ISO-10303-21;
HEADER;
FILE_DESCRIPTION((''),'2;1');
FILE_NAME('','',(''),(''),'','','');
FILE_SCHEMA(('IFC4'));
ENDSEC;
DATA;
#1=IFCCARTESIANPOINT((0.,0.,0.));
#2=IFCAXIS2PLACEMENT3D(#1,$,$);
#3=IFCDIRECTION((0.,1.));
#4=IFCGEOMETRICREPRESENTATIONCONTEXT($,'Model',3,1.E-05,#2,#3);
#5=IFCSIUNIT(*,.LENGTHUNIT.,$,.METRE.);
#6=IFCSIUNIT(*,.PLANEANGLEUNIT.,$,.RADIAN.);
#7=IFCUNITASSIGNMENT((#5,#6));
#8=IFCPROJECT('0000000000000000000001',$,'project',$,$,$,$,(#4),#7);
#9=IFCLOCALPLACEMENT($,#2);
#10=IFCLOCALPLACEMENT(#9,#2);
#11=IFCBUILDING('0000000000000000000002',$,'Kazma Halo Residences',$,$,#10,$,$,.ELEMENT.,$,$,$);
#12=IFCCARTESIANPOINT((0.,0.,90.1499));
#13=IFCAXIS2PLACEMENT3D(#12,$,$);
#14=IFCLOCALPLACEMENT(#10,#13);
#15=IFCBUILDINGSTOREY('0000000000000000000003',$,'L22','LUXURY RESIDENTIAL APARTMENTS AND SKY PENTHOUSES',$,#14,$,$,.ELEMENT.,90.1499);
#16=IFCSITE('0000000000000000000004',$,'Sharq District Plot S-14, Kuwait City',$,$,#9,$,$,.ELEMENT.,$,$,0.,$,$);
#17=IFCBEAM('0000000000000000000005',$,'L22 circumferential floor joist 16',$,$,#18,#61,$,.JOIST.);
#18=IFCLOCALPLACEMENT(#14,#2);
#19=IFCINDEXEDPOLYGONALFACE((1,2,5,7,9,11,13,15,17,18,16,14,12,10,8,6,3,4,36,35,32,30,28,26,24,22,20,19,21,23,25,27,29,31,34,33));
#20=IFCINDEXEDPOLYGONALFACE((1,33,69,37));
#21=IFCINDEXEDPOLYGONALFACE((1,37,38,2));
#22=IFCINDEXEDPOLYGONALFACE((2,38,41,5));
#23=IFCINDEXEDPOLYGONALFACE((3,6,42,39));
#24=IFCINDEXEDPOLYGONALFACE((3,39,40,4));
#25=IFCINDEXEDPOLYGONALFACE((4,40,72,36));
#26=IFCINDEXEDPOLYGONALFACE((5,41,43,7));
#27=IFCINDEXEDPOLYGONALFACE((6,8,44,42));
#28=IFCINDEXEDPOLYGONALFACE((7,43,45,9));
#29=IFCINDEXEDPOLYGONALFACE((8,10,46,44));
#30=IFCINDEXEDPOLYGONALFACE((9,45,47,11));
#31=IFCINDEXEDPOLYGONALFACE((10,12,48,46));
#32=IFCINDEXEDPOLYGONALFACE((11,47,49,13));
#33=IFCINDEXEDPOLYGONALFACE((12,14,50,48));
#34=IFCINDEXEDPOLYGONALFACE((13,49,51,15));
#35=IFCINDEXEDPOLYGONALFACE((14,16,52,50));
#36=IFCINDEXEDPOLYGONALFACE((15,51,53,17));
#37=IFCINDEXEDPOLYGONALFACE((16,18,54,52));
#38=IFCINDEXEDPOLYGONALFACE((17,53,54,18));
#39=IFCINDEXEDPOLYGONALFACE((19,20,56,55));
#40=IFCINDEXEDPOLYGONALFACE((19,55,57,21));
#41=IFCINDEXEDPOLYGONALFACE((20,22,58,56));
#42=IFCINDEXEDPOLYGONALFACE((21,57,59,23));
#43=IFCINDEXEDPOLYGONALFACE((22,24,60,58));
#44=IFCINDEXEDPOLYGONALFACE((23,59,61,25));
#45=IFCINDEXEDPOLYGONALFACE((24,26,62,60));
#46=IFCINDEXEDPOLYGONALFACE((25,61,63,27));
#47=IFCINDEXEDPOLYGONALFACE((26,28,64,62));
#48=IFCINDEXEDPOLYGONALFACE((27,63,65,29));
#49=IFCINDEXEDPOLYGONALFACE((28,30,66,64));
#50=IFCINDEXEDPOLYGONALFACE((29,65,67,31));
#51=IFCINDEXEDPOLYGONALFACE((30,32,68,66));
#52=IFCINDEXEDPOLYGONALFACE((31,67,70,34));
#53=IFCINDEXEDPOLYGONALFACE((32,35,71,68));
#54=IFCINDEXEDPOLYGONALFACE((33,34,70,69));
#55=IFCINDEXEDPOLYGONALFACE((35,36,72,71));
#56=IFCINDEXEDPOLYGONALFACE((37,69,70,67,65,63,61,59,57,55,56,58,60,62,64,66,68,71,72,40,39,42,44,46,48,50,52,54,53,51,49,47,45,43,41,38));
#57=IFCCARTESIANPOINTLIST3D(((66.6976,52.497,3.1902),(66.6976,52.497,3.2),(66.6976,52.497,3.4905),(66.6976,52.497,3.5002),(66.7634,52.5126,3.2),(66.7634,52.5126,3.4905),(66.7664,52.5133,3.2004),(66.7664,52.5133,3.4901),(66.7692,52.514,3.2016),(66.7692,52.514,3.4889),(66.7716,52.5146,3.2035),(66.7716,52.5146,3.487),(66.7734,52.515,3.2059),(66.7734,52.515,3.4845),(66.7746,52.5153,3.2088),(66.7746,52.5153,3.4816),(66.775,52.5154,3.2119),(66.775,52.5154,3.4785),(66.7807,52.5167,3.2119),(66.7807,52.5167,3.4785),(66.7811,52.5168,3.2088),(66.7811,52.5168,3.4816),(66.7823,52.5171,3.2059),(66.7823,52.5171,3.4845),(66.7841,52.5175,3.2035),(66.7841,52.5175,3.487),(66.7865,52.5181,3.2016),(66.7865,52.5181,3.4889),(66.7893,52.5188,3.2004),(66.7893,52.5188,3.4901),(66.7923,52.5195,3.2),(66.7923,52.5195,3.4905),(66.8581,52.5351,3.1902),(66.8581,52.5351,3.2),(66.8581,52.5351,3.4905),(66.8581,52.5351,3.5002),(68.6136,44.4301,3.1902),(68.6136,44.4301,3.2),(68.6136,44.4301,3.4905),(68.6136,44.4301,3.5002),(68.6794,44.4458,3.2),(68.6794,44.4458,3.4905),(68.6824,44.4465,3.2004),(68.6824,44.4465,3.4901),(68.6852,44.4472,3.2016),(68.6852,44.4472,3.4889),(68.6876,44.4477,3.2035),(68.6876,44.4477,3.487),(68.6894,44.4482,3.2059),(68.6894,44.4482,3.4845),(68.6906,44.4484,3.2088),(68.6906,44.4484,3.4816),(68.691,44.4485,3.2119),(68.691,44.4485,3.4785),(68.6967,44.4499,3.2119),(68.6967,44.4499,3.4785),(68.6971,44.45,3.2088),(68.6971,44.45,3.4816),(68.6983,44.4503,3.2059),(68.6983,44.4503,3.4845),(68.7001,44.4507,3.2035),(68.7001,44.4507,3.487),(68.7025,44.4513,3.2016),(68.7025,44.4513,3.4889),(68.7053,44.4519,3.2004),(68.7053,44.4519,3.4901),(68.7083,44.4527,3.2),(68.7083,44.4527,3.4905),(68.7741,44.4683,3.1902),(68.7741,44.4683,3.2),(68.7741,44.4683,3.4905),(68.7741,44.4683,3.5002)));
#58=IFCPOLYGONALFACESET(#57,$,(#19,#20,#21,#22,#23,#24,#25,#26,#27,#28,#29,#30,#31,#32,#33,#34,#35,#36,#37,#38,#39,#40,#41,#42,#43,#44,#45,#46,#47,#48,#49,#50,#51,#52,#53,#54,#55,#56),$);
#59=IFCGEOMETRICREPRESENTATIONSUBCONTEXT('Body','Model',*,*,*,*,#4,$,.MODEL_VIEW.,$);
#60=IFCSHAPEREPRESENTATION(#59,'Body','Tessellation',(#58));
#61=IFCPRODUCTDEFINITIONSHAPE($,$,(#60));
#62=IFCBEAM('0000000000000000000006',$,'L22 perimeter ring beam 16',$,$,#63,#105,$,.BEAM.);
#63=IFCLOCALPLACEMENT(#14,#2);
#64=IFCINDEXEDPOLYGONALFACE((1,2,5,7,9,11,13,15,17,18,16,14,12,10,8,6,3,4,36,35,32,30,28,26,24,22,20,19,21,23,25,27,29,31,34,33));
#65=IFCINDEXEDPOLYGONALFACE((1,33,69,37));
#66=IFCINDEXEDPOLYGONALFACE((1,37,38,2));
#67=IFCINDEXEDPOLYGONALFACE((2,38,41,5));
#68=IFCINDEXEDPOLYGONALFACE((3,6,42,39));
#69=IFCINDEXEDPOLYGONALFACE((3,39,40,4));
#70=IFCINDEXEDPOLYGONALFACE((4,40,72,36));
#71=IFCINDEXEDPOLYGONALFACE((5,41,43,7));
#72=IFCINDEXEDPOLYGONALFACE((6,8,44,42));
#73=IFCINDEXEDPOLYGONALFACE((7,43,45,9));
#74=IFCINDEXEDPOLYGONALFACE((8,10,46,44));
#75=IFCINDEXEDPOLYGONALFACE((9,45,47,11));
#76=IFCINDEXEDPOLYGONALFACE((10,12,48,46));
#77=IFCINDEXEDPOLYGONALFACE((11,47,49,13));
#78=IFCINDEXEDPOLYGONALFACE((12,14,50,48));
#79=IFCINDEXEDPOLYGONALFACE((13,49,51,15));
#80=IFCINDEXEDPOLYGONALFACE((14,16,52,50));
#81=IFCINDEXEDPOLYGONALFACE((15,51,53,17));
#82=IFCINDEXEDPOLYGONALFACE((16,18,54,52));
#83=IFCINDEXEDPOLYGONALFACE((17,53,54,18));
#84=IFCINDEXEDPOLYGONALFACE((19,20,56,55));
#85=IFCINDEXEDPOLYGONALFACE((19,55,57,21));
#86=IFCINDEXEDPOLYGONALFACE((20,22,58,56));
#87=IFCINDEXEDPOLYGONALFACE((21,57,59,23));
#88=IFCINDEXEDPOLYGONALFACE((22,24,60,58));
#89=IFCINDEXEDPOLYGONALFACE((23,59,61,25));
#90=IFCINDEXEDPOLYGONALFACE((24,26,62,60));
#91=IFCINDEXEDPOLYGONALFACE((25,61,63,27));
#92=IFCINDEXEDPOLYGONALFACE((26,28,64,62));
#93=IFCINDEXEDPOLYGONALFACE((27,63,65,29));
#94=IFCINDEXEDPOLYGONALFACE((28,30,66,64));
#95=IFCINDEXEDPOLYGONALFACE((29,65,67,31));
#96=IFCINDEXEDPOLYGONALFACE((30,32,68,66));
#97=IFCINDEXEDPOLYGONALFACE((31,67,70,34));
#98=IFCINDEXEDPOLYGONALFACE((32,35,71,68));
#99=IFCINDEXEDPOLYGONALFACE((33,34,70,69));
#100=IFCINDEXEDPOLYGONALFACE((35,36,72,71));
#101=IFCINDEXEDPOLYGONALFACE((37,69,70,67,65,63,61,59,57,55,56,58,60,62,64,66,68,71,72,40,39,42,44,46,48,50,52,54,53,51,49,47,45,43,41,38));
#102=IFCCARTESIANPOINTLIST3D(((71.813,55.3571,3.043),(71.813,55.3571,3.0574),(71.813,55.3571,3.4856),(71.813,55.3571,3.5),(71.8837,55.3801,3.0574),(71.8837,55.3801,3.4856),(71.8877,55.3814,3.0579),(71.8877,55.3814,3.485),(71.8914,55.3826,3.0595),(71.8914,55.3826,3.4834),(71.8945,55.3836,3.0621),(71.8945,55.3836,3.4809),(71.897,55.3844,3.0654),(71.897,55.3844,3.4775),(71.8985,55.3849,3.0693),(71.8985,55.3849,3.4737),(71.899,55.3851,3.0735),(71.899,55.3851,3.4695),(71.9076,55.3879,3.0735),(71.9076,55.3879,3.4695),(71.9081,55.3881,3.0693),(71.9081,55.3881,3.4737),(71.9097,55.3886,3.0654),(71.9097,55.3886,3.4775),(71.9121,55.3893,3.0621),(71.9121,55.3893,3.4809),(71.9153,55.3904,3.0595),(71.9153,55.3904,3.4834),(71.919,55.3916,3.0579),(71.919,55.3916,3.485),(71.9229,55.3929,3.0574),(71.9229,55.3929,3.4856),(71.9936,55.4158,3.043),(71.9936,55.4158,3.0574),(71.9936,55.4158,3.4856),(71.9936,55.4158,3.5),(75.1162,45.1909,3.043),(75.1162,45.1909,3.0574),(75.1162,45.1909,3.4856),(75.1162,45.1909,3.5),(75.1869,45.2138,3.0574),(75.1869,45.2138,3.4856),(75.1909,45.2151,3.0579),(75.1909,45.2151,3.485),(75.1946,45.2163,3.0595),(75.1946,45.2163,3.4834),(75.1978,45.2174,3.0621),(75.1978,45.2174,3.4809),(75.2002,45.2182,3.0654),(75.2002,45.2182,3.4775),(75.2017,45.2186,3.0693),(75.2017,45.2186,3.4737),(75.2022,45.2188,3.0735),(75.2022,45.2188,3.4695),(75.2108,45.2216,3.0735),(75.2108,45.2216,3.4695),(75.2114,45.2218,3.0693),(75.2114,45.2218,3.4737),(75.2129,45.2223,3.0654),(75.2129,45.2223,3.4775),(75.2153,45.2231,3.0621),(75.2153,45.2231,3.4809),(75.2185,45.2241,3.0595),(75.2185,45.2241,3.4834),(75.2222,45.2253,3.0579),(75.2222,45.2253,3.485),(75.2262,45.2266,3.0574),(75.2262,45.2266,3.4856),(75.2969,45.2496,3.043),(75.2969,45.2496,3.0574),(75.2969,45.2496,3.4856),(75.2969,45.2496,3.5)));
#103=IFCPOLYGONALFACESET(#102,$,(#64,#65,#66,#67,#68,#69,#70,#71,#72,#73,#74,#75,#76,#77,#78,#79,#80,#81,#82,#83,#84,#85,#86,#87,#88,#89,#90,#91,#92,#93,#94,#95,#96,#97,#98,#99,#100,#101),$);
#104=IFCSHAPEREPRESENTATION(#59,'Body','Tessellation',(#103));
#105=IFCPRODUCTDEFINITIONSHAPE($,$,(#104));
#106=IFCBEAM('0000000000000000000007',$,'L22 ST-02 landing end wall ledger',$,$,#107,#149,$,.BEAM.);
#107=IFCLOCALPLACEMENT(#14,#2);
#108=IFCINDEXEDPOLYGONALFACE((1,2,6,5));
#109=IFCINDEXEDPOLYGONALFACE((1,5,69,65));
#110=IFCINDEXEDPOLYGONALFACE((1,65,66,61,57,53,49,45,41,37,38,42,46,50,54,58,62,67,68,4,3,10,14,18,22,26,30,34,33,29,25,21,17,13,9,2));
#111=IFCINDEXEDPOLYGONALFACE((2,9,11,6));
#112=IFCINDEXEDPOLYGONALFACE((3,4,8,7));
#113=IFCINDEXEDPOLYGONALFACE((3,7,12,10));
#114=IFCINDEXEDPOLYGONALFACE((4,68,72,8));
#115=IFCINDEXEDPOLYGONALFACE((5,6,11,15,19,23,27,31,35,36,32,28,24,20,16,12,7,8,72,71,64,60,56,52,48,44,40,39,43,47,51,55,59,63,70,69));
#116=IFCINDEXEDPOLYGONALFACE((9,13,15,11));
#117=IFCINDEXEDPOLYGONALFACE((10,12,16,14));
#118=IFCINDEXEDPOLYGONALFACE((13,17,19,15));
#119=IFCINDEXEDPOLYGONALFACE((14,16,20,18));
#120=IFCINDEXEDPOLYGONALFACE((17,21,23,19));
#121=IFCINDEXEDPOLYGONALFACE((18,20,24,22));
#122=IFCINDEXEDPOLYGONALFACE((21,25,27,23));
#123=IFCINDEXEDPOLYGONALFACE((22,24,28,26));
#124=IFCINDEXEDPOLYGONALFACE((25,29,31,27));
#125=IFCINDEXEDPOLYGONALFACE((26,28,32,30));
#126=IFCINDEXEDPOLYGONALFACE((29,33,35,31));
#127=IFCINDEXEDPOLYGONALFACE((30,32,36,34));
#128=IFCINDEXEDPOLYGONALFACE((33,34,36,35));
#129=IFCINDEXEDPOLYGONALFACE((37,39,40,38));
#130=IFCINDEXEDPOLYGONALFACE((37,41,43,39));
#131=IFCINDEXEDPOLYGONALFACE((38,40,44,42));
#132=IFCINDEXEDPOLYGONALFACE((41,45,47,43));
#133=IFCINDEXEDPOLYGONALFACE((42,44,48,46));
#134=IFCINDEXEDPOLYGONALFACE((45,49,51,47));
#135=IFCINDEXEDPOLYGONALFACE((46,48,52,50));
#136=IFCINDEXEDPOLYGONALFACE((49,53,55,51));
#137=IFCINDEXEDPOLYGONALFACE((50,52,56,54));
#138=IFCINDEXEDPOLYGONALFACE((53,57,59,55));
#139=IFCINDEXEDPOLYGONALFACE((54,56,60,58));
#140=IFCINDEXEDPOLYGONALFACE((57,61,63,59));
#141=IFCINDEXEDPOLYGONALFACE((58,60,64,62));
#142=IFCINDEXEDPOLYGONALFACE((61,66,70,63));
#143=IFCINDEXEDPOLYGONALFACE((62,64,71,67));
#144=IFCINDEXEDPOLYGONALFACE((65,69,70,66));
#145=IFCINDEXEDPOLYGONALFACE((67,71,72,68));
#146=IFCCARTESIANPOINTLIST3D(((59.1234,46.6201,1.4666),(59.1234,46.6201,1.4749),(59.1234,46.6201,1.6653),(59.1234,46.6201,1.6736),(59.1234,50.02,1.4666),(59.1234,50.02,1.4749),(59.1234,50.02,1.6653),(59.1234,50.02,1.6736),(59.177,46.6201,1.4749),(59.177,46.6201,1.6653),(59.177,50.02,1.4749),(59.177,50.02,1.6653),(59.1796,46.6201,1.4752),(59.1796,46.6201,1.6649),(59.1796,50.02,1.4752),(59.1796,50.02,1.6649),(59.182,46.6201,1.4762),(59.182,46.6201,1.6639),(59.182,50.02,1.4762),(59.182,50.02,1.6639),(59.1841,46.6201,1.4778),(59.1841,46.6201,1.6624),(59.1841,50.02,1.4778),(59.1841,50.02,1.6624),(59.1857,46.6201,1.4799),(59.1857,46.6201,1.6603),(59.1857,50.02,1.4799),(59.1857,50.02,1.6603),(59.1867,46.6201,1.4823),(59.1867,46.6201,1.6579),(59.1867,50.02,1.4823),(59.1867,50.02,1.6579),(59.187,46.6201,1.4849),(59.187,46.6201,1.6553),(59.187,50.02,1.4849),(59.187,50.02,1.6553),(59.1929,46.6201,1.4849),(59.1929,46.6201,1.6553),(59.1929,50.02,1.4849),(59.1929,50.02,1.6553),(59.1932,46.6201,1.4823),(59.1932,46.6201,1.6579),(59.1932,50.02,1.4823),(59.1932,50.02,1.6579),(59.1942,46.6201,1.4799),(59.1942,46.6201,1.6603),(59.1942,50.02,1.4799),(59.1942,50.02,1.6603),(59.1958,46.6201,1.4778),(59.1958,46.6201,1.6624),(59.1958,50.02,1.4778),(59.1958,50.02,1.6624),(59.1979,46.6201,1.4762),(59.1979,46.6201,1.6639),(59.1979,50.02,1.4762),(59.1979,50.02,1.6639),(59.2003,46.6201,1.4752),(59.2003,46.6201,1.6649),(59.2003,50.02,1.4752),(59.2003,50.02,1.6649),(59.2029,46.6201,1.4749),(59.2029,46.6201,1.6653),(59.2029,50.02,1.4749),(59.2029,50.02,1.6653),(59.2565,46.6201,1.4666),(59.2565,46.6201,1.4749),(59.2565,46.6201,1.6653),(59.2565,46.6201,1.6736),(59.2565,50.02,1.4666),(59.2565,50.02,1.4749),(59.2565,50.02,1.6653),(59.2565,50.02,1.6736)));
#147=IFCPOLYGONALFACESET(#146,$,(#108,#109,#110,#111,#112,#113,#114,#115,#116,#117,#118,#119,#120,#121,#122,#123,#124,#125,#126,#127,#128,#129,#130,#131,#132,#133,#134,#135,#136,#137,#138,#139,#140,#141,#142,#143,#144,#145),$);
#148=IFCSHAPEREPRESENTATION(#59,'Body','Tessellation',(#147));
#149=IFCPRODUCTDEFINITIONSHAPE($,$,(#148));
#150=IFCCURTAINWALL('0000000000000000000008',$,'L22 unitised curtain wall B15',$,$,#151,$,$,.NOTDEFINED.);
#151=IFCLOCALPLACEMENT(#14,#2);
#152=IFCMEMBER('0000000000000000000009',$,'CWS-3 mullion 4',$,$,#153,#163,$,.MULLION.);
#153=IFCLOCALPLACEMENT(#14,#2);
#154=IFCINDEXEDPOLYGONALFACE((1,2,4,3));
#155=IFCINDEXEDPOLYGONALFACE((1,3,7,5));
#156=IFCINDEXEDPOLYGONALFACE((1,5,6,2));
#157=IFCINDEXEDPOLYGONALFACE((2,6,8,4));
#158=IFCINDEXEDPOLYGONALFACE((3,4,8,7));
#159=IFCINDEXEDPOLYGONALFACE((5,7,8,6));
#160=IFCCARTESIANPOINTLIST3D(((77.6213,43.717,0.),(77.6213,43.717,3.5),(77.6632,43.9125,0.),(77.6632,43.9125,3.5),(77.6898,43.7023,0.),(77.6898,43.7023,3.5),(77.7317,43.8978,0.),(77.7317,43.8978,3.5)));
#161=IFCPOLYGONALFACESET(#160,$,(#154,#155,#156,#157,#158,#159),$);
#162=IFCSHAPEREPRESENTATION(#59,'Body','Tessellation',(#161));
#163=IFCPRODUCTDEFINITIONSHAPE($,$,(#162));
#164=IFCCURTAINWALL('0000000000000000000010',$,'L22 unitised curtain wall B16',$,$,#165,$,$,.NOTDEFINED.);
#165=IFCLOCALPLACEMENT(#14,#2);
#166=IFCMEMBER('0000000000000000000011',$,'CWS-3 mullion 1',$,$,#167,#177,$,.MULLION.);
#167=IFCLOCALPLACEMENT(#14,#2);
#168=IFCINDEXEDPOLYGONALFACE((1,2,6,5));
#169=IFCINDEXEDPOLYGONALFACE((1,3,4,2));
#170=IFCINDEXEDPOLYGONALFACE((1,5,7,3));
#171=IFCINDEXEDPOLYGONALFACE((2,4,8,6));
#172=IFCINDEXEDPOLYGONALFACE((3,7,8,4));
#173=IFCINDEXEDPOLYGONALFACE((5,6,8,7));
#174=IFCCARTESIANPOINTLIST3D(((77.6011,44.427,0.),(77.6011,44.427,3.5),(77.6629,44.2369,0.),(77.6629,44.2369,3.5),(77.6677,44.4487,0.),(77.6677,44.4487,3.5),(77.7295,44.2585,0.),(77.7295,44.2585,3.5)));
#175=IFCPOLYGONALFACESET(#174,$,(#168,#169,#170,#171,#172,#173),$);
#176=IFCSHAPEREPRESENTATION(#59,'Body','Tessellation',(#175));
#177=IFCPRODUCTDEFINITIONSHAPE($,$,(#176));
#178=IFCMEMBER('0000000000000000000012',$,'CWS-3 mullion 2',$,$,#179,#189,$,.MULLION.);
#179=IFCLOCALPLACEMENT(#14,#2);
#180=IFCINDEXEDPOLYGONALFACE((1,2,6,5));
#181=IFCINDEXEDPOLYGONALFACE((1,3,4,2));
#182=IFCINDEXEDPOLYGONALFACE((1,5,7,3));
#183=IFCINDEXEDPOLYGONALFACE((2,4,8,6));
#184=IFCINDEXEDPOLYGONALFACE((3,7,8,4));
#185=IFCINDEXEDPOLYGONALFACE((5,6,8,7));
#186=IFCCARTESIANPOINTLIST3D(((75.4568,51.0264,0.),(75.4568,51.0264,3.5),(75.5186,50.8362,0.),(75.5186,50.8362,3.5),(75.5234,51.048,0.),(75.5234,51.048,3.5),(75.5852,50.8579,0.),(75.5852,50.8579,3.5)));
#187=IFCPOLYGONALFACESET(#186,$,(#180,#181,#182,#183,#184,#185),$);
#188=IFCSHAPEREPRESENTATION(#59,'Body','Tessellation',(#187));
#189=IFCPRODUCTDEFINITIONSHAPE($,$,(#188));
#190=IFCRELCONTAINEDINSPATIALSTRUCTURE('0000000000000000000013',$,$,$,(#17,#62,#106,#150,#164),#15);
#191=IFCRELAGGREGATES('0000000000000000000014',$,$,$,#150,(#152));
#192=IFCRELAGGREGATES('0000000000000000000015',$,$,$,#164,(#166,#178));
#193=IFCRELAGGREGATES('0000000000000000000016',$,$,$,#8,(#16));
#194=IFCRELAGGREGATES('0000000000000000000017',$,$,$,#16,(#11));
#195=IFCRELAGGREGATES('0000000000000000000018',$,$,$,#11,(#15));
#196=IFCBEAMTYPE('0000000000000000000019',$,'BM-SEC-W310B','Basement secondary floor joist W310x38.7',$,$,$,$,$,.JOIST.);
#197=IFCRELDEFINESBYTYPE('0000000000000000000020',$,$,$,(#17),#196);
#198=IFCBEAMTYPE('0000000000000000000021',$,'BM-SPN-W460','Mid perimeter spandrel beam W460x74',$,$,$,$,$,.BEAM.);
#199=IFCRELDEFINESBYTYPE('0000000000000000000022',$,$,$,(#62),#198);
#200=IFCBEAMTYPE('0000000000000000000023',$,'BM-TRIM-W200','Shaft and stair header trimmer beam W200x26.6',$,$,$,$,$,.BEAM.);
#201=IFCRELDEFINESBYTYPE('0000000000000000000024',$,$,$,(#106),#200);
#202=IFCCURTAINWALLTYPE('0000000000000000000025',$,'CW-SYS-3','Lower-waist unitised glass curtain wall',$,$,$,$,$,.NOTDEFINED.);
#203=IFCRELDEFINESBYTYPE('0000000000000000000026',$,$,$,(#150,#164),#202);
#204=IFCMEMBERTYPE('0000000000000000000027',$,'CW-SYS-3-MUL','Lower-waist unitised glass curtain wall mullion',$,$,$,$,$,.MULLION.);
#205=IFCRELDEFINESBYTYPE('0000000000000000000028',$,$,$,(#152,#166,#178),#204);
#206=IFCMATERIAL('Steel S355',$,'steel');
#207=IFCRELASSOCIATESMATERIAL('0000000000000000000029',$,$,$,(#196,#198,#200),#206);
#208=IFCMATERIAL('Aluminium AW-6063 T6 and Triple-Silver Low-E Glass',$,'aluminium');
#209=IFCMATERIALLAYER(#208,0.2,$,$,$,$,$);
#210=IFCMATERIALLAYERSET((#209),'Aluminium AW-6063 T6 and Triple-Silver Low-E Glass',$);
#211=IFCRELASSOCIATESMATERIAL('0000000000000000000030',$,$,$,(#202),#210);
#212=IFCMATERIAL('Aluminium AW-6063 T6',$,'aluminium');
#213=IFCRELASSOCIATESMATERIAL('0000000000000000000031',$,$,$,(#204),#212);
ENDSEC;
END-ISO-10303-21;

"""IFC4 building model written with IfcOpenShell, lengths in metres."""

from ifc_helpers import new_model, si_unit, direction, frame, origin, origin_2d, place, context, subcontext, project, spatial, rectangle, i_section, extrude, material, layer, layer_set, material_profile, profile_set, type_object, element, aggregate, save


model = new_model("IFC4")

# Units and contexts
model_context = context("Model", 3, precision=1e-05, world=origin(), true_north=direction((0.0, 1.0)))
body_context = subcontext(model_context, "Body", "Model", "MODEL_VIEW")
ifc_project = project(units=[si_unit("LENGTHUNIT", "METRE"), si_unit("PLANEANGLEUNIT", "RADIAN")], contexts=[model_context])

# Site, building, storey
site_placement = place(None, origin())
site = spatial("IfcSite", under=ifc_project, at=site_placement, Name="Sharq District Plot S-14, Kuwait City", CompositionType="ELEMENT", RefElevation=0.0)
building_placement = place(site_placement, origin())
building = spatial("IfcBuilding", under=site, at=building_placement, Name="Kazma Halo Residences", CompositionType="ELEMENT")
storey_placement = place(building_placement, frame((0.0, 0.0, 90.1499)))
storey = spatial("IfcBuildingStorey", under=building, at=storey_placement, Name="L22", Description="LUXURY RESIDENTIAL APARTMENTS AND SKY PENTHOUSES", CompositionType="ELEMENT", Elevation=90.1499)

# Beams
ifc_material_1 = material(Name="Steel S355", Category="steel")
ifc_material_profile_1 = material_profile(ifc_material_1, i_section(OverallWidth=0.165, OverallDepth=0.3101, WebThickness=0.0059, FlangeThickness=0.0098, FilletRadius=0.012, at=origin_2d()), Name="W310x38.7")
ifc_profile_set_1 = profile_set([ifc_material_profile_1], Name="Steel S355")
beam_type_1 = type_object("IfcBeamType", Name="BM-SEC-W310B", Description="Basement secondary floor joist W310x38.7", PredefinedType="JOIST", material=ifc_profile_set_1)
beam_1_placement = place(storey_placement, frame((68.6938, 44.4492, 3.3452), z_axis=(-0.231087, 0.972933, 0.0), x_axis=(-0.972933, -0.231087, 0.0)))
element("IfcBeam", 1, at=beam_1_placement, inside=storey, type_object=beam_type_1, Name="L22 circumferential floor joist 16", PredefinedType="JOIST", context=body_context, shape_type="SweptSolid", body=[
    extrude(i_section(OverallWidth=0.165, OverallDepth=0.3101, WebThickness=0.0059, FlangeThickness=0.0098, FilletRadius=0.012, at=origin_2d()), origin(), (0.0, 0.0, 1.0), 8.2913),
])
ifc_material_profile_2 = material_profile(ifc_material_1, i_section(OverallWidth=0.1899, OverallDepth=0.457, WebThickness=0.009, FlangeThickness=0.0144, FilletRadius=0.0161, at=origin_2d()), Name="W460x74")
ifc_profile_set_2 = profile_set([ifc_material_profile_2], Name="Steel S355")
beam_type_2 = type_object("IfcBeamType", Name="BM-SPN-W460", Description="Mid perimeter spandrel beam W460x74", PredefinedType="BEAM", material=ifc_profile_set_2)
beam_2_placement = place(storey_placement, frame((75.2065, 45.2202, 3.2715), z_axis=(-0.309017, 0.951056, 0.0), x_axis=(-0.951056, -0.309017, 0.0)))
element("IfcBeam", 2, at=beam_2_placement, inside=storey, type_object=beam_type_2, Name="L22 perimeter ring beam 16", PredefinedType="BEAM", context=body_context, shape_type="SweptSolid", body=[
    extrude(i_section(OverallWidth=0.1899, OverallDepth=0.457, WebThickness=0.009, FlangeThickness=0.0144, FilletRadius=0.0161, at=origin_2d()), origin(), (0.0, 0.0, 1.0), 10.6895),
])
ifc_material_profile_3 = material_profile(ifc_material_1, i_section(OverallWidth=0.1331, OverallDepth=0.207, WebThickness=0.0059, FlangeThickness=0.0083, FilletRadius=0.01, at=origin_2d()), Name="W200x26.6")
ifc_profile_set_3 = profile_set([ifc_material_profile_3], Name="Steel S355")
beam_type_3 = type_object("IfcBeamType", Name="BM-TRIM-W200", Description="Shaft and stair header trimmer beam W200x26.6", PredefinedType="BEAM", material=ifc_profile_set_3)
beam_3_placement = place(storey_placement, frame((59.1899, 46.6201, 1.5701), z_axis=(0.0, 1.0, 0.0), x_axis=(-1.0, 0.0, 0.0)))
element("IfcBeam", 3, at=beam_3_placement, inside=storey, type_object=beam_type_3, Name="L22 ST-02 landing end wall ledger", PredefinedType="BEAM", context=body_context, shape_type="SweptSolid", body=[
    extrude(i_section(OverallWidth=0.1331, OverallDepth=0.207, WebThickness=0.0059, FlangeThickness=0.0083, FilletRadius=0.01, at=origin_2d()), origin(), (0.0, 0.0, 1.0), 3.3999),
])

# Curtain wall, member
ifc_material_2 = material(Name="Aluminium AW-6063 T6 and Triple-Silver Low-E Glass", Category="aluminium")
ifc_layer_1 = layer(ifc_material_2, 0.2)
ifc_layer_set_1 = layer_set([ifc_layer_1], Name="Aluminium AW-6063 T6 and Triple-Silver Low-E Glass")
curtain_wall_type = type_object("IfcCurtainWallType", Name="CW-SYS-3", Description="Lower-waist unitised glass curtain wall", PredefinedType="NOTDEFINED", material=ifc_layer_set_1)
curtain_wall_1_placement = place(storey_placement, origin())
curtain_wall_1 = element("IfcCurtainWall", 4, at=curtain_wall_1_placement, inside=storey, type_object=curtain_wall_type, Name="L22 unitised curtain wall B15", PredefinedType="NOTDEFINED")
ifc_material_3 = material(Name="Aluminium AW-6063 T6", Category="aluminium")
ifc_material_profile_4 = material_profile(ifc_material_3, rectangle(XDim=0.0701, YDim=0.2, at=origin_2d()), Name="CWM-70x200")
ifc_profile_set_4 = profile_set([ifc_material_profile_4], Name="Aluminium AW-6063 T6")
member_type_1 = type_object("IfcMemberType", Name="CW-SYS-3-MUL", Description="Lower-waist unitised glass curtain wall mullion", PredefinedType="MULLION", material=ifc_profile_set_4)
member_1_placement = place(storey_placement, frame((77.6765, 43.8074, 0.0), z_axis=(0.0, 0.0, 1.0), x_axis=(-0.977774, 0.209661, 0.0)))
member_1 = element("IfcMember", 5, at=member_1_placement, type_object=member_type_1, Name="CWS-3 mullion 4", PredefinedType="MULLION", context=body_context, shape_type="SweptSolid", body=[
    extrude(rectangle(XDim=0.0701, YDim=0.2, at=origin_2d()), origin(), (0.0, 0.0, 1.0), 3.5),
])
aggregate(curtain_wall_1, [member_1])

# Curtain wall, members
curtain_wall_2_placement = place(storey_placement, origin())
curtain_wall_2 = element("IfcCurtainWall", 6, at=curtain_wall_2_placement, inside=storey, type_object=curtain_wall_type, Name="L22 unitised curtain wall B16", PredefinedType="NOTDEFINED")
member_2_placement = place(storey_placement, frame((77.6653, 44.3428, 0.0), z_axis=(0.0, 0.0, 1.0), x_axis=(-0.951058, -0.309013, 0.0)))
member_2 = element("IfcMember", 7, at=member_2_placement, type_object=member_type_1, Name="CWS-3 mullion 1", PredefinedType="MULLION", context=body_context, shape_type="SweptSolid", body=[
    extrude(rectangle(XDim=0.0701, YDim=0.2, at=origin_2d()), origin(), (0.0, 0.0, 1.0), 3.5),
])
member_3_placement = place(storey_placement, frame((75.521, 50.9421, 0.0), z_axis=(0.0, 0.0, 1.0), x_axis=(-0.951058, -0.309013, 0.0)))
member_3 = element("IfcMember", 8, at=member_3_placement, type_object=member_type_1, Name="CWS-3 mullion 2", PredefinedType="MULLION", context=body_context, shape_type="SweptSolid", body=[
    extrude(rectangle(XDim=0.0701, YDim=0.2, at=origin_2d()), origin(), (0.0, 0.0, 1.0), 3.5),
])
aggregate(curtain_wall_2, [member_2, member_3])

save(model, "model.ifc")
